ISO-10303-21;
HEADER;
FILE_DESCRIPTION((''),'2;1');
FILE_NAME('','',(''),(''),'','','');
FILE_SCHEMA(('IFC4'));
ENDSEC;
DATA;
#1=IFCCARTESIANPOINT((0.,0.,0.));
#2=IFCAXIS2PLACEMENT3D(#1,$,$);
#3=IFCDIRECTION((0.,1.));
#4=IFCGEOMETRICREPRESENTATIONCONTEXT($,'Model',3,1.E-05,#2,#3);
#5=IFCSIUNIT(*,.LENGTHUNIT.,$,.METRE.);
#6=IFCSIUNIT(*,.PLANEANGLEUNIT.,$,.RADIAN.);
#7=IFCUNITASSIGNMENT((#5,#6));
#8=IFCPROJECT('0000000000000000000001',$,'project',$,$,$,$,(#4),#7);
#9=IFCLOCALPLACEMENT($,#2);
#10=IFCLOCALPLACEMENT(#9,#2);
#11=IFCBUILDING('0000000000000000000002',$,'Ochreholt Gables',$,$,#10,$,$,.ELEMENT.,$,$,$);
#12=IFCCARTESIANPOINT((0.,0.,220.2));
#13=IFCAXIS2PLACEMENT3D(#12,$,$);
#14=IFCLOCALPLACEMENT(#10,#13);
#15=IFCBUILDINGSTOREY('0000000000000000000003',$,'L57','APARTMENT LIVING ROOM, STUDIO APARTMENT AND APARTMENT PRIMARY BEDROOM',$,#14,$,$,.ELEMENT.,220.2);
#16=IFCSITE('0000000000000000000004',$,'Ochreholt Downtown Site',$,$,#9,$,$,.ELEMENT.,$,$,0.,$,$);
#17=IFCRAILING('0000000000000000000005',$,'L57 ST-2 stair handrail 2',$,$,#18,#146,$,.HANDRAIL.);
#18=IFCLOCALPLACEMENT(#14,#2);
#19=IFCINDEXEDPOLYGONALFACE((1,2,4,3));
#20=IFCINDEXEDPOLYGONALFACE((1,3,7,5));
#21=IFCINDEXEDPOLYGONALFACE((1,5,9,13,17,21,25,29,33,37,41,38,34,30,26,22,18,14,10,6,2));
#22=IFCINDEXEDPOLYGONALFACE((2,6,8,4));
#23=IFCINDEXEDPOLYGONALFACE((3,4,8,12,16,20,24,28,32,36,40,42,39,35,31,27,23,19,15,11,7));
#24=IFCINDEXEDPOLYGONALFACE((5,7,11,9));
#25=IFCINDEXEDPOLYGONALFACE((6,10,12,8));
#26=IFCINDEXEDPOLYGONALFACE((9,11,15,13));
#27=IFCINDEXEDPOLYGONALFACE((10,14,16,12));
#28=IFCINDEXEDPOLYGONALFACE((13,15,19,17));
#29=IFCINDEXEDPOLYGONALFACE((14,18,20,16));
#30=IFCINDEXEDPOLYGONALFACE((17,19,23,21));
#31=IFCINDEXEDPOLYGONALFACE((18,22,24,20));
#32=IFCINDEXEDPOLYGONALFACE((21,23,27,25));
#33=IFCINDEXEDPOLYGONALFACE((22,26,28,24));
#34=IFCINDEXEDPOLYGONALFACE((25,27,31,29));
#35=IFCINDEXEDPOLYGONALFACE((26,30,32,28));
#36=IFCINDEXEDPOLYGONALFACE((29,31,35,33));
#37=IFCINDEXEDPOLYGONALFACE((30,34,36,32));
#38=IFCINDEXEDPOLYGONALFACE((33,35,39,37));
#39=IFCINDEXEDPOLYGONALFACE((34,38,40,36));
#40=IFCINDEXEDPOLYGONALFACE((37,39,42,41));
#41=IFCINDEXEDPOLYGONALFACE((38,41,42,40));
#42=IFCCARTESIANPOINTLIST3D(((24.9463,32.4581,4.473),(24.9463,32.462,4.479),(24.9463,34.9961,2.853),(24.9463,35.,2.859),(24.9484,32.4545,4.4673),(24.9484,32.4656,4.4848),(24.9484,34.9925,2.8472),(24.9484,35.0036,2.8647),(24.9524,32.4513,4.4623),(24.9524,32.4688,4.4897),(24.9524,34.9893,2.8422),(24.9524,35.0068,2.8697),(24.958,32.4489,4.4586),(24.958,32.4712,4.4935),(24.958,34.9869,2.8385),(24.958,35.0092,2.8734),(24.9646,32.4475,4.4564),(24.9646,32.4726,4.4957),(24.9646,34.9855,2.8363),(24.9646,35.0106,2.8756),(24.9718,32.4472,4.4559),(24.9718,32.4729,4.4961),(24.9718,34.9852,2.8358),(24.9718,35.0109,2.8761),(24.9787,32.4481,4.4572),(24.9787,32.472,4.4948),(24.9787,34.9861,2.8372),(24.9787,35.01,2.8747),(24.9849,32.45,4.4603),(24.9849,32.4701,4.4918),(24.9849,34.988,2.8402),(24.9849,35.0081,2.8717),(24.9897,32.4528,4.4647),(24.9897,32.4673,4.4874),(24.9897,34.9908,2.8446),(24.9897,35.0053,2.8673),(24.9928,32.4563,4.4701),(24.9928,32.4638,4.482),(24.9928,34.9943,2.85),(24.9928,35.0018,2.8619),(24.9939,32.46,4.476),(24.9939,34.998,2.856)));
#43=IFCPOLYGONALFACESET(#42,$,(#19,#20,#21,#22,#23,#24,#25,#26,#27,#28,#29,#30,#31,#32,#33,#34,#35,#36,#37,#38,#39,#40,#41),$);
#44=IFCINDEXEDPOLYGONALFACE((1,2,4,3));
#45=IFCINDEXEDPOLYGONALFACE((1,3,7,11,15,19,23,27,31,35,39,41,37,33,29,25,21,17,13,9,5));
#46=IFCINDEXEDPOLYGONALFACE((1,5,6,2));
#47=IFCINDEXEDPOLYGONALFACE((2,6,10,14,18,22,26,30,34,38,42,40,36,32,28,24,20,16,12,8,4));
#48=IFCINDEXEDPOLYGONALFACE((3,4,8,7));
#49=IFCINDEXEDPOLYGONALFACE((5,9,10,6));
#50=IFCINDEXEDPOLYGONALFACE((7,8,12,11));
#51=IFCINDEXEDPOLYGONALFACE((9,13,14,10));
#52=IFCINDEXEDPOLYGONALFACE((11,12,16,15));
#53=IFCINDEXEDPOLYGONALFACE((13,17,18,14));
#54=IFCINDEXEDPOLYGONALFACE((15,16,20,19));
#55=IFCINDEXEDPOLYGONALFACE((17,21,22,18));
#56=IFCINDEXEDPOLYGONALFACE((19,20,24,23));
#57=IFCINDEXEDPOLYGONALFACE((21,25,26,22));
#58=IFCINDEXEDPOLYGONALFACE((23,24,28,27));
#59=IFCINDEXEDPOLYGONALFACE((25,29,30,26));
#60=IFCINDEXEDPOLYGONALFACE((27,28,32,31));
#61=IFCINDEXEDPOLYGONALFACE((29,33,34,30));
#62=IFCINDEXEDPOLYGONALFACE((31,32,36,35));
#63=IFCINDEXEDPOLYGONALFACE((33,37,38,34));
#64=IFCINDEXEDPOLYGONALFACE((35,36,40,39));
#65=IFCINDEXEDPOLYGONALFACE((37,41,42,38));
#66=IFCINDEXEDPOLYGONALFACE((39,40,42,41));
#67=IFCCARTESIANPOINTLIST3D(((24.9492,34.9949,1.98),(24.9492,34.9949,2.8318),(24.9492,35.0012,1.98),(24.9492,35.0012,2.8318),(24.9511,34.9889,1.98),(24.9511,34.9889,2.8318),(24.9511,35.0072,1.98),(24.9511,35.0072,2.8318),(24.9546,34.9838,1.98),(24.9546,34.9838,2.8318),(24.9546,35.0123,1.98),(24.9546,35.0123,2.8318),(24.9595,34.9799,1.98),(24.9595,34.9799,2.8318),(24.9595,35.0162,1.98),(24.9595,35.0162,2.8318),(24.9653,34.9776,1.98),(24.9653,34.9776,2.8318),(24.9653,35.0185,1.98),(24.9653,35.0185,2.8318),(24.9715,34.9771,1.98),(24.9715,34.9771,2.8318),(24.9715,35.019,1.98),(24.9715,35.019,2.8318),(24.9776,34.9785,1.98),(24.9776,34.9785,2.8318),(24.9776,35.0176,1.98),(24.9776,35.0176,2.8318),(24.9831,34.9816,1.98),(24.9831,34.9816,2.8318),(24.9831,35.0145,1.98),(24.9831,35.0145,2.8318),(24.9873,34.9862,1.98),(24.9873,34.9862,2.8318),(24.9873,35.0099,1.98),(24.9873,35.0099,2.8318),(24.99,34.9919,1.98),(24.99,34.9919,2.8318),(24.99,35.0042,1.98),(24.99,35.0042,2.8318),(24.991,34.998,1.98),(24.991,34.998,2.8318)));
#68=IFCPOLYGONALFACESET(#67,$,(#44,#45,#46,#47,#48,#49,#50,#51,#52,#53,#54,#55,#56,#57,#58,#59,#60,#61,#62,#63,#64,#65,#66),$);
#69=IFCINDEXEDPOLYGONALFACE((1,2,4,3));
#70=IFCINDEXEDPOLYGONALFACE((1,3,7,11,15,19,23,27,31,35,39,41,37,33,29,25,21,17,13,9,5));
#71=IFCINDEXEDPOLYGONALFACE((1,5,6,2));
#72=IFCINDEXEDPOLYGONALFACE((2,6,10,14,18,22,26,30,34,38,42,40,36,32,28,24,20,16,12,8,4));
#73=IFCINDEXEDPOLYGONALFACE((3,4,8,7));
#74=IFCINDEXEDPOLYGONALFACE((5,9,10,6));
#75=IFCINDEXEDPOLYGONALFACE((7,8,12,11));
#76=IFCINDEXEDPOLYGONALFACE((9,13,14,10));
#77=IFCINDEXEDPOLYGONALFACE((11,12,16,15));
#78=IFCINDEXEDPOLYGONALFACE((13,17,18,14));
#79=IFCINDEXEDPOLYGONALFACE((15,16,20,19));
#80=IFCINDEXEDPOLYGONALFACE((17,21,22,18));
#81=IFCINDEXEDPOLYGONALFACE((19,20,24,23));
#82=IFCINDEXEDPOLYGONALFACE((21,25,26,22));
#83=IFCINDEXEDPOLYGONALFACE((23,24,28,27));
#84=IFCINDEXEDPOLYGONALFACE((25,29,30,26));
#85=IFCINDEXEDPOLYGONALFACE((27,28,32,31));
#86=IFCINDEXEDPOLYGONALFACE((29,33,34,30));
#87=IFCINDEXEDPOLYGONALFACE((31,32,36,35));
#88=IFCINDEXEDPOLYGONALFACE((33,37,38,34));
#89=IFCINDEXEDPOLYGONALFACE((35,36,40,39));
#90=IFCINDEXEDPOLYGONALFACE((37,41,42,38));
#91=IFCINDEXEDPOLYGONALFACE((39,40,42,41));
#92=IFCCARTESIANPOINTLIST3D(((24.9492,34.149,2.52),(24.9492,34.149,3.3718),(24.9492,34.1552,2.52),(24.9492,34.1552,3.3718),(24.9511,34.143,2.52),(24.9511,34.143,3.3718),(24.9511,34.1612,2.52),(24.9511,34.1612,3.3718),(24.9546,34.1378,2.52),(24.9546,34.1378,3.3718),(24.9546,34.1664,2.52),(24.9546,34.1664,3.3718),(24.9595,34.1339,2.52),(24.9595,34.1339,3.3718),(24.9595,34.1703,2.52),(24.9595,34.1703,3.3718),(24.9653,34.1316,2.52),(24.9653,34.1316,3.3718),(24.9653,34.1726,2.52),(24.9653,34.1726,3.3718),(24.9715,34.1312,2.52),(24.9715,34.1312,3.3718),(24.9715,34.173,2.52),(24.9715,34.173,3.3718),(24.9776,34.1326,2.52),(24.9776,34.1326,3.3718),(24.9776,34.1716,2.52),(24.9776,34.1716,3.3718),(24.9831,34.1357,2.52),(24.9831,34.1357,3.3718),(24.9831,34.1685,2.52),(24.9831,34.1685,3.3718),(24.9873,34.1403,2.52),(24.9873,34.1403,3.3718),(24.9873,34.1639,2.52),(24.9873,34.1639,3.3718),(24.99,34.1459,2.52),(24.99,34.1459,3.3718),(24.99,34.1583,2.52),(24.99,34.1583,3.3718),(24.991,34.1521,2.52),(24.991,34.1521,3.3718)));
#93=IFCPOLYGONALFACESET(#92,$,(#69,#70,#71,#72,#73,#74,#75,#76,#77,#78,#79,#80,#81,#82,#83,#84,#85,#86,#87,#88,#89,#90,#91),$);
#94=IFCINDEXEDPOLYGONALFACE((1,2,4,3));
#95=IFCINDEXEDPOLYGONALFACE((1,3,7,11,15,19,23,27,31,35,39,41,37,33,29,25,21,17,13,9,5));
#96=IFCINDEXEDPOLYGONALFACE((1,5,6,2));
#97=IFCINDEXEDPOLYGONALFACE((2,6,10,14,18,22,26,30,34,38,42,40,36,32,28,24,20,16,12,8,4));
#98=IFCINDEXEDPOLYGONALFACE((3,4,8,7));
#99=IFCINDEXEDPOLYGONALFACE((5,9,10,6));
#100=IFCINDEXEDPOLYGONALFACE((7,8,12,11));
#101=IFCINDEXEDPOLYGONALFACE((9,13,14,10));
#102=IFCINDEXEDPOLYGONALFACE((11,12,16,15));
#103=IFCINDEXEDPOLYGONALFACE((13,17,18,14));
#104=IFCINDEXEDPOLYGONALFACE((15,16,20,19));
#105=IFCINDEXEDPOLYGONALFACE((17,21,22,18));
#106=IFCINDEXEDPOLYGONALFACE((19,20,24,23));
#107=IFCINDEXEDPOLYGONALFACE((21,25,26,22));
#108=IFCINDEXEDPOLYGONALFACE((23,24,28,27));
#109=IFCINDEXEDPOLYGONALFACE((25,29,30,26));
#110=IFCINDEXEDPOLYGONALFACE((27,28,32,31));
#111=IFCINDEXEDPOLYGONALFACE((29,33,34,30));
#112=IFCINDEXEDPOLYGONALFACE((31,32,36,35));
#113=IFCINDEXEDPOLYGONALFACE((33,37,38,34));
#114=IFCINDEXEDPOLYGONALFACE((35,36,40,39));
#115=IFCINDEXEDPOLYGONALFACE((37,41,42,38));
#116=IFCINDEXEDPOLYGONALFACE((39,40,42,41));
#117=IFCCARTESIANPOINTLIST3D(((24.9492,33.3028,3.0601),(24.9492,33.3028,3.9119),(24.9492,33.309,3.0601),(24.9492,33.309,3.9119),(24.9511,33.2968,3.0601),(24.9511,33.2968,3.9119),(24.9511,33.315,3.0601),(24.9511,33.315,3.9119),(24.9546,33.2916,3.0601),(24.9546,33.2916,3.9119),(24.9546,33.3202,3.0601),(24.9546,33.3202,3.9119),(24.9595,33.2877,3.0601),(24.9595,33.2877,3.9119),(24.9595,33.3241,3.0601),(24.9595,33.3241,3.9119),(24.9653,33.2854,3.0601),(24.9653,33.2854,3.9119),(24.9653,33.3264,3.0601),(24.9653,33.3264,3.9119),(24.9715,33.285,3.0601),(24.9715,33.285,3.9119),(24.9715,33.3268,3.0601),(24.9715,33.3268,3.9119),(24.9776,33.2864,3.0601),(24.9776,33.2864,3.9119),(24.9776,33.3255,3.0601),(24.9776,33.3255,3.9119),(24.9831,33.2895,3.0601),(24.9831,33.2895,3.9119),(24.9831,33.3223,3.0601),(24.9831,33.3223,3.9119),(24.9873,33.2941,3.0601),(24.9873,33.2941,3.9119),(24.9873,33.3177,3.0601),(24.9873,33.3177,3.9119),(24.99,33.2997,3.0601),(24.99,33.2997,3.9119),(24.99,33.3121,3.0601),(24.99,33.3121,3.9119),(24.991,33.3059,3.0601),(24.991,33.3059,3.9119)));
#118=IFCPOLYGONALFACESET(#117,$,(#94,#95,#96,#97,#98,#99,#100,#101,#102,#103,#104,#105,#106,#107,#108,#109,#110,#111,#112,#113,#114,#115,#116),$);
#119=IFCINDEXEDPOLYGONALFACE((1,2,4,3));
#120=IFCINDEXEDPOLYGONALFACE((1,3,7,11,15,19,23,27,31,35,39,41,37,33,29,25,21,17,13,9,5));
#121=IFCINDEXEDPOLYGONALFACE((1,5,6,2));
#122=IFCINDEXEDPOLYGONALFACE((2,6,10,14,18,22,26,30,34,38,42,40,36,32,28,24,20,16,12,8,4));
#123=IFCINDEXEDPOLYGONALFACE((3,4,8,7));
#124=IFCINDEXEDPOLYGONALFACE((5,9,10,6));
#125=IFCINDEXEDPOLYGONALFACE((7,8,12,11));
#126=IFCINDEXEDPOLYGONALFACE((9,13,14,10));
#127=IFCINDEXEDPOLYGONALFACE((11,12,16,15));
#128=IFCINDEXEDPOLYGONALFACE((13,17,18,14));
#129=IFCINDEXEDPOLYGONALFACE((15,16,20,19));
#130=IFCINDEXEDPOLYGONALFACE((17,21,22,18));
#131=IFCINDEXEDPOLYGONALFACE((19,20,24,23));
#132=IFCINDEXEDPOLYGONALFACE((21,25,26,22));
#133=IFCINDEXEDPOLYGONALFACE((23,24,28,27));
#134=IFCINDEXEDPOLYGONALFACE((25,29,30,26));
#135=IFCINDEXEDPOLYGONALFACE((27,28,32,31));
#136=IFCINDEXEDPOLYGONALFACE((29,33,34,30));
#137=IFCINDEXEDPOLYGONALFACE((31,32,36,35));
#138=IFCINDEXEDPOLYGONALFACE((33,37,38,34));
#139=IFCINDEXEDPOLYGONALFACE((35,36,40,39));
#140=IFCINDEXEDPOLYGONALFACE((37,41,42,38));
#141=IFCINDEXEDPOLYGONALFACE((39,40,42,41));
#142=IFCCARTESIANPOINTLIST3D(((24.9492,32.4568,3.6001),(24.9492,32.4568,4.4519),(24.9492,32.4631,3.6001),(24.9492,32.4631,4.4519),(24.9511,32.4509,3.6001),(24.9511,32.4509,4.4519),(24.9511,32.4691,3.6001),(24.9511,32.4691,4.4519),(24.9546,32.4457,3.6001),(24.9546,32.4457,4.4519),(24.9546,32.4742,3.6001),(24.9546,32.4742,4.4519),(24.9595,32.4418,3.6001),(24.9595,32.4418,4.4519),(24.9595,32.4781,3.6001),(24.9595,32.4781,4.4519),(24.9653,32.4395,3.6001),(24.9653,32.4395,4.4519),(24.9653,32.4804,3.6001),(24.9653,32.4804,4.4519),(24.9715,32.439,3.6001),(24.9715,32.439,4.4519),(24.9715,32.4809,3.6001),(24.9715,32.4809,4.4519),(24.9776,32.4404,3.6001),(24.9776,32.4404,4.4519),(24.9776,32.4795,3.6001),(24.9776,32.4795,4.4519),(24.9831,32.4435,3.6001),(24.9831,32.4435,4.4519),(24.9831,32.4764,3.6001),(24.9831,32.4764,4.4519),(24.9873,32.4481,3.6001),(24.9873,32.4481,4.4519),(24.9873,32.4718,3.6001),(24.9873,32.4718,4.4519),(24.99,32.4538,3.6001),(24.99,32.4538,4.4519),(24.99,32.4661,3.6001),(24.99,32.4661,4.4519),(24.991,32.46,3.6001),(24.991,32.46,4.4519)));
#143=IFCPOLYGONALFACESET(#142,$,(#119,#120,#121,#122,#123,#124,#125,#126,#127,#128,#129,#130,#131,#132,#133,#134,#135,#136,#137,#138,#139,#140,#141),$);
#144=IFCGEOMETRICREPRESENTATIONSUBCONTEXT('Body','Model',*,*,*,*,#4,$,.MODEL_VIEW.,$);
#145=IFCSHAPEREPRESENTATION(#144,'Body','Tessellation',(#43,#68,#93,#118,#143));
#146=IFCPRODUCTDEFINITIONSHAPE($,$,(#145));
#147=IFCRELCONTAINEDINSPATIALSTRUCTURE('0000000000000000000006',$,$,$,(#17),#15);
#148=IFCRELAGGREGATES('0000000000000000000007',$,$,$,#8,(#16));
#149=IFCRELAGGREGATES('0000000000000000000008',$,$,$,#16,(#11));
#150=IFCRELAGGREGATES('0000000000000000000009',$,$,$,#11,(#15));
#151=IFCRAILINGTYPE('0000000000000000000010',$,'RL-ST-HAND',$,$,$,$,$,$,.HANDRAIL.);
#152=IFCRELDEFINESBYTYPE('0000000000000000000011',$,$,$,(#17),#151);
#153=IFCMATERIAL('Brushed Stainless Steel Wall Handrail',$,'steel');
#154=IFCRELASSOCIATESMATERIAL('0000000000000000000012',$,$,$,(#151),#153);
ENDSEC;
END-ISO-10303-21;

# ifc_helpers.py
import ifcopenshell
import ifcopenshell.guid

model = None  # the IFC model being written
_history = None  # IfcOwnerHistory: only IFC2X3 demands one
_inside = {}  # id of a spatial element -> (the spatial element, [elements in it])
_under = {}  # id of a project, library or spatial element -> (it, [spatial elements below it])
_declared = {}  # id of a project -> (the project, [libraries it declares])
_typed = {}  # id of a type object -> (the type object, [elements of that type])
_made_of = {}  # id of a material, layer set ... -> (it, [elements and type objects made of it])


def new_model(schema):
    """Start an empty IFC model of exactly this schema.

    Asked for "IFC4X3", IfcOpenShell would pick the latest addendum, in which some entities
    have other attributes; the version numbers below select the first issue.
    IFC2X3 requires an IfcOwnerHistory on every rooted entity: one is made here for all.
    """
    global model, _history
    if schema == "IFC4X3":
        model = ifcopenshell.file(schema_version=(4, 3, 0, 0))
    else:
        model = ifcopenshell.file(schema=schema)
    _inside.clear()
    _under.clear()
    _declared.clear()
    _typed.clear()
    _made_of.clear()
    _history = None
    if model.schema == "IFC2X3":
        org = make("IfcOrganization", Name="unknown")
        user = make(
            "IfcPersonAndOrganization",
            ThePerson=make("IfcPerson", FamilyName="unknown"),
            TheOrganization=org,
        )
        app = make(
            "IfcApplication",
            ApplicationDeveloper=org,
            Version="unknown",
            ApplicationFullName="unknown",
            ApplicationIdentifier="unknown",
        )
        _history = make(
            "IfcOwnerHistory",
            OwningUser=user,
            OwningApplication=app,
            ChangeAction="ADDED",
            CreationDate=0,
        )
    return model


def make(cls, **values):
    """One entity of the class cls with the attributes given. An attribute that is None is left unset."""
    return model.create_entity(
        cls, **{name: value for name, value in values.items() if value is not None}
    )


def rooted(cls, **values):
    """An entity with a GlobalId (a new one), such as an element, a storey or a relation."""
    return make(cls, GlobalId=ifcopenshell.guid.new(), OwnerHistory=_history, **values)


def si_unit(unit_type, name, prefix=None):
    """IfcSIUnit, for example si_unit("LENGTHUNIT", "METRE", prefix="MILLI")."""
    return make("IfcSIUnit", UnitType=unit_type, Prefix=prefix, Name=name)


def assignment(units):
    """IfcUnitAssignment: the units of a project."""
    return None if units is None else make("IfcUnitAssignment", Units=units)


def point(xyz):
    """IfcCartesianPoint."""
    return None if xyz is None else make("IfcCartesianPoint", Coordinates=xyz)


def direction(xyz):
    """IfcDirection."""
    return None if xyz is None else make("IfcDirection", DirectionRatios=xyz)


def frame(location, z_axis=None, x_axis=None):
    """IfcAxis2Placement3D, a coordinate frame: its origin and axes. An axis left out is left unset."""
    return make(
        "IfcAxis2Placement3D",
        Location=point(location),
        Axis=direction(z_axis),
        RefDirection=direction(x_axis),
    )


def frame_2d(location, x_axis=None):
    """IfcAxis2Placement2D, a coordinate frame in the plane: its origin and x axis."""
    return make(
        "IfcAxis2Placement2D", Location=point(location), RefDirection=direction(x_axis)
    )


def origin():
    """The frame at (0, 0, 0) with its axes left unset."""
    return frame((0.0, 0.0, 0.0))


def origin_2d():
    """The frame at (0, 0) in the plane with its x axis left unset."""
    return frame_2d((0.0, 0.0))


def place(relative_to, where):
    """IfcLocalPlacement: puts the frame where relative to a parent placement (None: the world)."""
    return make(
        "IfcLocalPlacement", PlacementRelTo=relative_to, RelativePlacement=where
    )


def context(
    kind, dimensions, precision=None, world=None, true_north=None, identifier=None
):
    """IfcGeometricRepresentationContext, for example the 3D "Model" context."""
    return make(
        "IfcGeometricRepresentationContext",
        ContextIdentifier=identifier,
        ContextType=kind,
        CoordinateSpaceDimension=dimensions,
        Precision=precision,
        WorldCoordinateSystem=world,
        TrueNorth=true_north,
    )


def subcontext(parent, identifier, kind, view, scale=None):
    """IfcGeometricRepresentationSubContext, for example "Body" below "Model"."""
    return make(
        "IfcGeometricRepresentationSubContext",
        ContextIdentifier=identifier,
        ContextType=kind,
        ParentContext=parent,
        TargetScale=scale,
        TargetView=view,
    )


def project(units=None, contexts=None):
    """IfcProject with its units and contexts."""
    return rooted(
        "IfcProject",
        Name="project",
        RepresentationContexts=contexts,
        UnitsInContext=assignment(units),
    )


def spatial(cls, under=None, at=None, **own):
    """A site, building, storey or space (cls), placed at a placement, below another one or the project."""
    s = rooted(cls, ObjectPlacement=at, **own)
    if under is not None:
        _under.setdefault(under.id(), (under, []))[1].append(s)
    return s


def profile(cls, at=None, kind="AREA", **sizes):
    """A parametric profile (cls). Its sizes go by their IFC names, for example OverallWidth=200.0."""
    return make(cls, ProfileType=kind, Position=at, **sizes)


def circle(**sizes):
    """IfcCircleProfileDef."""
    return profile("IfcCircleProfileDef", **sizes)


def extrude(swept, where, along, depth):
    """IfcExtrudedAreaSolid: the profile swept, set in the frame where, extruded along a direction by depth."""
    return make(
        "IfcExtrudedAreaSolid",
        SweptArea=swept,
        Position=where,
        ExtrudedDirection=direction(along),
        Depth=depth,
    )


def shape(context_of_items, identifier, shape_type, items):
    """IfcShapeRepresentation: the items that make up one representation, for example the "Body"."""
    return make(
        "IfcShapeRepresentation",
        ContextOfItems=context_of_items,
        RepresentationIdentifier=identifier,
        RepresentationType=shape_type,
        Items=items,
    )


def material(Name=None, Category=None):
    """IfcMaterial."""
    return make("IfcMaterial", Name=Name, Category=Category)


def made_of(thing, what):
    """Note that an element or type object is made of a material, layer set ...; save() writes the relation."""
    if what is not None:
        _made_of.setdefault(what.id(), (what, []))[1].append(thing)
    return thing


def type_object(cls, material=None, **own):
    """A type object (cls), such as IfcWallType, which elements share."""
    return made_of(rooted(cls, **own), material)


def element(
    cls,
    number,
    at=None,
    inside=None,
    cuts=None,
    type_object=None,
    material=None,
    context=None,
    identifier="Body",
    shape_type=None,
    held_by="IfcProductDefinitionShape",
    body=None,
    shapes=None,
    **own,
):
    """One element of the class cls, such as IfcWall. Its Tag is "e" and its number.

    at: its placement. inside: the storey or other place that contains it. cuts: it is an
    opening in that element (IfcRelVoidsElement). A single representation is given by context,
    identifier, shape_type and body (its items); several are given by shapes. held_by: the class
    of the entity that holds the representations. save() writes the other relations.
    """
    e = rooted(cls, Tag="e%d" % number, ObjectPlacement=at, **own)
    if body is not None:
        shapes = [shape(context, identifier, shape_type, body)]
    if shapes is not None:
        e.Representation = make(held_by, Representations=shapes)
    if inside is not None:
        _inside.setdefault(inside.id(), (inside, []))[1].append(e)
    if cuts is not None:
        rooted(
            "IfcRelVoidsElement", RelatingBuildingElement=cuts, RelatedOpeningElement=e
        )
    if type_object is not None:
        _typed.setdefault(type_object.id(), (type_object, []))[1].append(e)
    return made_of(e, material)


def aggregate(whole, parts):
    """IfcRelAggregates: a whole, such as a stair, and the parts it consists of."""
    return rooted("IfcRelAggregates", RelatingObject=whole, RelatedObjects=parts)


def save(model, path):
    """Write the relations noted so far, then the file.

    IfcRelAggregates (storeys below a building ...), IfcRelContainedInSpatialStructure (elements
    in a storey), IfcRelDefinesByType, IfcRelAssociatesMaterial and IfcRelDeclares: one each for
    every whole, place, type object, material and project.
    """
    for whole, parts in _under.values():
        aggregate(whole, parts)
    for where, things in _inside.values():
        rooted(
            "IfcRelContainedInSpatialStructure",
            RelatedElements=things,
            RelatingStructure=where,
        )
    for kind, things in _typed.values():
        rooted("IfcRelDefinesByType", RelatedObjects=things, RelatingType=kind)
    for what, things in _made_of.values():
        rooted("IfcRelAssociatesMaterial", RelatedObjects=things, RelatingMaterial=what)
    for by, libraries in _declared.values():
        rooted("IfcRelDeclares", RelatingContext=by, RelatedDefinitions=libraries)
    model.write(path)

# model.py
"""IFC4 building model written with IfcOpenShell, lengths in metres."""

from ifc_helpers import new_model, si_unit, direction, frame, origin, origin_2d, place, context, subcontext, project, spatial, circle, extrude, material, type_object, element, save


model = new_model("IFC4")

# Units and contexts
model_context = context("Model", 3, precision=1e-05, world=origin(), true_north=direction((0.0, 1.0)))
body_context = subcontext(model_context, "Body", "Model", "MODEL_VIEW")
ifc_project = project(units=[si_unit("LENGTHUNIT", "METRE"), si_unit("PLANEANGLEUNIT", "RADIAN")], contexts=[model_context])

# Site, building, storey
site_placement = place(None, origin())
site = spatial("IfcSite", under=ifc_project, at=site_placement, Name="Ochreholt Downtown Site", CompositionType="ELEMENT", RefElevation=0.0)
building_placement = place(site_placement, origin())
building = spatial("IfcBuilding", under=site, at=building_placement, Name="Ochreholt Gables", CompositionType="ELEMENT")
storey_placement = place(building_placement, frame((0.0, 0.0, 220.2)))
storey = spatial("IfcBuildingStorey", under=building, at=storey_placement, Name="L57", Description="APARTMENT LIVING ROOM, STUDIO APARTMENT AND APARTMENT PRIMARY BEDROOM", CompositionType="ELEMENT", Elevation=220.2)

# Railing
ifc_material_1 = material(Name="Brushed Stainless Steel Wall Handrail", Category="steel")
railing_type_1 = type_object("IfcRailingType", Name="RL-ST-HAND", PredefinedType="HANDRAIL", material=ifc_material_1)
railing_1_placement = place(storey_placement, frame((24.97, 34.998, 1.98)))
element("IfcRailing", 1, at=railing_1_placement, inside=storey, type_object=railing_type_1, Name="L57 ST-2 stair handrail 2", PredefinedType="HANDRAIL", context=body_context, shape_type="SweptSolid", body=[
    extrude(circle(Radius=0.0239, at=origin_2d()), frame((0.0, 0.0, 0.876), z_axis=(0.0, -0.842913, 0.53805), x_axis=(1.0, 0.0, 0.0)), (0.0, 0.0, 1.0), 3.011),
    extrude(circle(Radius=0.021, at=origin_2d()), origin(), (0.0, 0.0, 1.0), 0.8518),
    extrude(circle(Radius=0.021, at=origin_2d()), frame((0.0, -0.8459, 0.54)), (0.0, 0.0, 1.0), 0.8518),
    extrude(circle(Radius=0.021, at=origin_2d()), frame((0.0, -1.6921, 1.0801)), (0.0, 0.0, 1.0), 0.8518),
    extrude(circle(Radius=0.021, at=origin_2d()), frame((0.0, -2.5381, 1.6201)), (0.0, 0.0, 1.0), 0.8518),
])

save(model, "model.ifc")
